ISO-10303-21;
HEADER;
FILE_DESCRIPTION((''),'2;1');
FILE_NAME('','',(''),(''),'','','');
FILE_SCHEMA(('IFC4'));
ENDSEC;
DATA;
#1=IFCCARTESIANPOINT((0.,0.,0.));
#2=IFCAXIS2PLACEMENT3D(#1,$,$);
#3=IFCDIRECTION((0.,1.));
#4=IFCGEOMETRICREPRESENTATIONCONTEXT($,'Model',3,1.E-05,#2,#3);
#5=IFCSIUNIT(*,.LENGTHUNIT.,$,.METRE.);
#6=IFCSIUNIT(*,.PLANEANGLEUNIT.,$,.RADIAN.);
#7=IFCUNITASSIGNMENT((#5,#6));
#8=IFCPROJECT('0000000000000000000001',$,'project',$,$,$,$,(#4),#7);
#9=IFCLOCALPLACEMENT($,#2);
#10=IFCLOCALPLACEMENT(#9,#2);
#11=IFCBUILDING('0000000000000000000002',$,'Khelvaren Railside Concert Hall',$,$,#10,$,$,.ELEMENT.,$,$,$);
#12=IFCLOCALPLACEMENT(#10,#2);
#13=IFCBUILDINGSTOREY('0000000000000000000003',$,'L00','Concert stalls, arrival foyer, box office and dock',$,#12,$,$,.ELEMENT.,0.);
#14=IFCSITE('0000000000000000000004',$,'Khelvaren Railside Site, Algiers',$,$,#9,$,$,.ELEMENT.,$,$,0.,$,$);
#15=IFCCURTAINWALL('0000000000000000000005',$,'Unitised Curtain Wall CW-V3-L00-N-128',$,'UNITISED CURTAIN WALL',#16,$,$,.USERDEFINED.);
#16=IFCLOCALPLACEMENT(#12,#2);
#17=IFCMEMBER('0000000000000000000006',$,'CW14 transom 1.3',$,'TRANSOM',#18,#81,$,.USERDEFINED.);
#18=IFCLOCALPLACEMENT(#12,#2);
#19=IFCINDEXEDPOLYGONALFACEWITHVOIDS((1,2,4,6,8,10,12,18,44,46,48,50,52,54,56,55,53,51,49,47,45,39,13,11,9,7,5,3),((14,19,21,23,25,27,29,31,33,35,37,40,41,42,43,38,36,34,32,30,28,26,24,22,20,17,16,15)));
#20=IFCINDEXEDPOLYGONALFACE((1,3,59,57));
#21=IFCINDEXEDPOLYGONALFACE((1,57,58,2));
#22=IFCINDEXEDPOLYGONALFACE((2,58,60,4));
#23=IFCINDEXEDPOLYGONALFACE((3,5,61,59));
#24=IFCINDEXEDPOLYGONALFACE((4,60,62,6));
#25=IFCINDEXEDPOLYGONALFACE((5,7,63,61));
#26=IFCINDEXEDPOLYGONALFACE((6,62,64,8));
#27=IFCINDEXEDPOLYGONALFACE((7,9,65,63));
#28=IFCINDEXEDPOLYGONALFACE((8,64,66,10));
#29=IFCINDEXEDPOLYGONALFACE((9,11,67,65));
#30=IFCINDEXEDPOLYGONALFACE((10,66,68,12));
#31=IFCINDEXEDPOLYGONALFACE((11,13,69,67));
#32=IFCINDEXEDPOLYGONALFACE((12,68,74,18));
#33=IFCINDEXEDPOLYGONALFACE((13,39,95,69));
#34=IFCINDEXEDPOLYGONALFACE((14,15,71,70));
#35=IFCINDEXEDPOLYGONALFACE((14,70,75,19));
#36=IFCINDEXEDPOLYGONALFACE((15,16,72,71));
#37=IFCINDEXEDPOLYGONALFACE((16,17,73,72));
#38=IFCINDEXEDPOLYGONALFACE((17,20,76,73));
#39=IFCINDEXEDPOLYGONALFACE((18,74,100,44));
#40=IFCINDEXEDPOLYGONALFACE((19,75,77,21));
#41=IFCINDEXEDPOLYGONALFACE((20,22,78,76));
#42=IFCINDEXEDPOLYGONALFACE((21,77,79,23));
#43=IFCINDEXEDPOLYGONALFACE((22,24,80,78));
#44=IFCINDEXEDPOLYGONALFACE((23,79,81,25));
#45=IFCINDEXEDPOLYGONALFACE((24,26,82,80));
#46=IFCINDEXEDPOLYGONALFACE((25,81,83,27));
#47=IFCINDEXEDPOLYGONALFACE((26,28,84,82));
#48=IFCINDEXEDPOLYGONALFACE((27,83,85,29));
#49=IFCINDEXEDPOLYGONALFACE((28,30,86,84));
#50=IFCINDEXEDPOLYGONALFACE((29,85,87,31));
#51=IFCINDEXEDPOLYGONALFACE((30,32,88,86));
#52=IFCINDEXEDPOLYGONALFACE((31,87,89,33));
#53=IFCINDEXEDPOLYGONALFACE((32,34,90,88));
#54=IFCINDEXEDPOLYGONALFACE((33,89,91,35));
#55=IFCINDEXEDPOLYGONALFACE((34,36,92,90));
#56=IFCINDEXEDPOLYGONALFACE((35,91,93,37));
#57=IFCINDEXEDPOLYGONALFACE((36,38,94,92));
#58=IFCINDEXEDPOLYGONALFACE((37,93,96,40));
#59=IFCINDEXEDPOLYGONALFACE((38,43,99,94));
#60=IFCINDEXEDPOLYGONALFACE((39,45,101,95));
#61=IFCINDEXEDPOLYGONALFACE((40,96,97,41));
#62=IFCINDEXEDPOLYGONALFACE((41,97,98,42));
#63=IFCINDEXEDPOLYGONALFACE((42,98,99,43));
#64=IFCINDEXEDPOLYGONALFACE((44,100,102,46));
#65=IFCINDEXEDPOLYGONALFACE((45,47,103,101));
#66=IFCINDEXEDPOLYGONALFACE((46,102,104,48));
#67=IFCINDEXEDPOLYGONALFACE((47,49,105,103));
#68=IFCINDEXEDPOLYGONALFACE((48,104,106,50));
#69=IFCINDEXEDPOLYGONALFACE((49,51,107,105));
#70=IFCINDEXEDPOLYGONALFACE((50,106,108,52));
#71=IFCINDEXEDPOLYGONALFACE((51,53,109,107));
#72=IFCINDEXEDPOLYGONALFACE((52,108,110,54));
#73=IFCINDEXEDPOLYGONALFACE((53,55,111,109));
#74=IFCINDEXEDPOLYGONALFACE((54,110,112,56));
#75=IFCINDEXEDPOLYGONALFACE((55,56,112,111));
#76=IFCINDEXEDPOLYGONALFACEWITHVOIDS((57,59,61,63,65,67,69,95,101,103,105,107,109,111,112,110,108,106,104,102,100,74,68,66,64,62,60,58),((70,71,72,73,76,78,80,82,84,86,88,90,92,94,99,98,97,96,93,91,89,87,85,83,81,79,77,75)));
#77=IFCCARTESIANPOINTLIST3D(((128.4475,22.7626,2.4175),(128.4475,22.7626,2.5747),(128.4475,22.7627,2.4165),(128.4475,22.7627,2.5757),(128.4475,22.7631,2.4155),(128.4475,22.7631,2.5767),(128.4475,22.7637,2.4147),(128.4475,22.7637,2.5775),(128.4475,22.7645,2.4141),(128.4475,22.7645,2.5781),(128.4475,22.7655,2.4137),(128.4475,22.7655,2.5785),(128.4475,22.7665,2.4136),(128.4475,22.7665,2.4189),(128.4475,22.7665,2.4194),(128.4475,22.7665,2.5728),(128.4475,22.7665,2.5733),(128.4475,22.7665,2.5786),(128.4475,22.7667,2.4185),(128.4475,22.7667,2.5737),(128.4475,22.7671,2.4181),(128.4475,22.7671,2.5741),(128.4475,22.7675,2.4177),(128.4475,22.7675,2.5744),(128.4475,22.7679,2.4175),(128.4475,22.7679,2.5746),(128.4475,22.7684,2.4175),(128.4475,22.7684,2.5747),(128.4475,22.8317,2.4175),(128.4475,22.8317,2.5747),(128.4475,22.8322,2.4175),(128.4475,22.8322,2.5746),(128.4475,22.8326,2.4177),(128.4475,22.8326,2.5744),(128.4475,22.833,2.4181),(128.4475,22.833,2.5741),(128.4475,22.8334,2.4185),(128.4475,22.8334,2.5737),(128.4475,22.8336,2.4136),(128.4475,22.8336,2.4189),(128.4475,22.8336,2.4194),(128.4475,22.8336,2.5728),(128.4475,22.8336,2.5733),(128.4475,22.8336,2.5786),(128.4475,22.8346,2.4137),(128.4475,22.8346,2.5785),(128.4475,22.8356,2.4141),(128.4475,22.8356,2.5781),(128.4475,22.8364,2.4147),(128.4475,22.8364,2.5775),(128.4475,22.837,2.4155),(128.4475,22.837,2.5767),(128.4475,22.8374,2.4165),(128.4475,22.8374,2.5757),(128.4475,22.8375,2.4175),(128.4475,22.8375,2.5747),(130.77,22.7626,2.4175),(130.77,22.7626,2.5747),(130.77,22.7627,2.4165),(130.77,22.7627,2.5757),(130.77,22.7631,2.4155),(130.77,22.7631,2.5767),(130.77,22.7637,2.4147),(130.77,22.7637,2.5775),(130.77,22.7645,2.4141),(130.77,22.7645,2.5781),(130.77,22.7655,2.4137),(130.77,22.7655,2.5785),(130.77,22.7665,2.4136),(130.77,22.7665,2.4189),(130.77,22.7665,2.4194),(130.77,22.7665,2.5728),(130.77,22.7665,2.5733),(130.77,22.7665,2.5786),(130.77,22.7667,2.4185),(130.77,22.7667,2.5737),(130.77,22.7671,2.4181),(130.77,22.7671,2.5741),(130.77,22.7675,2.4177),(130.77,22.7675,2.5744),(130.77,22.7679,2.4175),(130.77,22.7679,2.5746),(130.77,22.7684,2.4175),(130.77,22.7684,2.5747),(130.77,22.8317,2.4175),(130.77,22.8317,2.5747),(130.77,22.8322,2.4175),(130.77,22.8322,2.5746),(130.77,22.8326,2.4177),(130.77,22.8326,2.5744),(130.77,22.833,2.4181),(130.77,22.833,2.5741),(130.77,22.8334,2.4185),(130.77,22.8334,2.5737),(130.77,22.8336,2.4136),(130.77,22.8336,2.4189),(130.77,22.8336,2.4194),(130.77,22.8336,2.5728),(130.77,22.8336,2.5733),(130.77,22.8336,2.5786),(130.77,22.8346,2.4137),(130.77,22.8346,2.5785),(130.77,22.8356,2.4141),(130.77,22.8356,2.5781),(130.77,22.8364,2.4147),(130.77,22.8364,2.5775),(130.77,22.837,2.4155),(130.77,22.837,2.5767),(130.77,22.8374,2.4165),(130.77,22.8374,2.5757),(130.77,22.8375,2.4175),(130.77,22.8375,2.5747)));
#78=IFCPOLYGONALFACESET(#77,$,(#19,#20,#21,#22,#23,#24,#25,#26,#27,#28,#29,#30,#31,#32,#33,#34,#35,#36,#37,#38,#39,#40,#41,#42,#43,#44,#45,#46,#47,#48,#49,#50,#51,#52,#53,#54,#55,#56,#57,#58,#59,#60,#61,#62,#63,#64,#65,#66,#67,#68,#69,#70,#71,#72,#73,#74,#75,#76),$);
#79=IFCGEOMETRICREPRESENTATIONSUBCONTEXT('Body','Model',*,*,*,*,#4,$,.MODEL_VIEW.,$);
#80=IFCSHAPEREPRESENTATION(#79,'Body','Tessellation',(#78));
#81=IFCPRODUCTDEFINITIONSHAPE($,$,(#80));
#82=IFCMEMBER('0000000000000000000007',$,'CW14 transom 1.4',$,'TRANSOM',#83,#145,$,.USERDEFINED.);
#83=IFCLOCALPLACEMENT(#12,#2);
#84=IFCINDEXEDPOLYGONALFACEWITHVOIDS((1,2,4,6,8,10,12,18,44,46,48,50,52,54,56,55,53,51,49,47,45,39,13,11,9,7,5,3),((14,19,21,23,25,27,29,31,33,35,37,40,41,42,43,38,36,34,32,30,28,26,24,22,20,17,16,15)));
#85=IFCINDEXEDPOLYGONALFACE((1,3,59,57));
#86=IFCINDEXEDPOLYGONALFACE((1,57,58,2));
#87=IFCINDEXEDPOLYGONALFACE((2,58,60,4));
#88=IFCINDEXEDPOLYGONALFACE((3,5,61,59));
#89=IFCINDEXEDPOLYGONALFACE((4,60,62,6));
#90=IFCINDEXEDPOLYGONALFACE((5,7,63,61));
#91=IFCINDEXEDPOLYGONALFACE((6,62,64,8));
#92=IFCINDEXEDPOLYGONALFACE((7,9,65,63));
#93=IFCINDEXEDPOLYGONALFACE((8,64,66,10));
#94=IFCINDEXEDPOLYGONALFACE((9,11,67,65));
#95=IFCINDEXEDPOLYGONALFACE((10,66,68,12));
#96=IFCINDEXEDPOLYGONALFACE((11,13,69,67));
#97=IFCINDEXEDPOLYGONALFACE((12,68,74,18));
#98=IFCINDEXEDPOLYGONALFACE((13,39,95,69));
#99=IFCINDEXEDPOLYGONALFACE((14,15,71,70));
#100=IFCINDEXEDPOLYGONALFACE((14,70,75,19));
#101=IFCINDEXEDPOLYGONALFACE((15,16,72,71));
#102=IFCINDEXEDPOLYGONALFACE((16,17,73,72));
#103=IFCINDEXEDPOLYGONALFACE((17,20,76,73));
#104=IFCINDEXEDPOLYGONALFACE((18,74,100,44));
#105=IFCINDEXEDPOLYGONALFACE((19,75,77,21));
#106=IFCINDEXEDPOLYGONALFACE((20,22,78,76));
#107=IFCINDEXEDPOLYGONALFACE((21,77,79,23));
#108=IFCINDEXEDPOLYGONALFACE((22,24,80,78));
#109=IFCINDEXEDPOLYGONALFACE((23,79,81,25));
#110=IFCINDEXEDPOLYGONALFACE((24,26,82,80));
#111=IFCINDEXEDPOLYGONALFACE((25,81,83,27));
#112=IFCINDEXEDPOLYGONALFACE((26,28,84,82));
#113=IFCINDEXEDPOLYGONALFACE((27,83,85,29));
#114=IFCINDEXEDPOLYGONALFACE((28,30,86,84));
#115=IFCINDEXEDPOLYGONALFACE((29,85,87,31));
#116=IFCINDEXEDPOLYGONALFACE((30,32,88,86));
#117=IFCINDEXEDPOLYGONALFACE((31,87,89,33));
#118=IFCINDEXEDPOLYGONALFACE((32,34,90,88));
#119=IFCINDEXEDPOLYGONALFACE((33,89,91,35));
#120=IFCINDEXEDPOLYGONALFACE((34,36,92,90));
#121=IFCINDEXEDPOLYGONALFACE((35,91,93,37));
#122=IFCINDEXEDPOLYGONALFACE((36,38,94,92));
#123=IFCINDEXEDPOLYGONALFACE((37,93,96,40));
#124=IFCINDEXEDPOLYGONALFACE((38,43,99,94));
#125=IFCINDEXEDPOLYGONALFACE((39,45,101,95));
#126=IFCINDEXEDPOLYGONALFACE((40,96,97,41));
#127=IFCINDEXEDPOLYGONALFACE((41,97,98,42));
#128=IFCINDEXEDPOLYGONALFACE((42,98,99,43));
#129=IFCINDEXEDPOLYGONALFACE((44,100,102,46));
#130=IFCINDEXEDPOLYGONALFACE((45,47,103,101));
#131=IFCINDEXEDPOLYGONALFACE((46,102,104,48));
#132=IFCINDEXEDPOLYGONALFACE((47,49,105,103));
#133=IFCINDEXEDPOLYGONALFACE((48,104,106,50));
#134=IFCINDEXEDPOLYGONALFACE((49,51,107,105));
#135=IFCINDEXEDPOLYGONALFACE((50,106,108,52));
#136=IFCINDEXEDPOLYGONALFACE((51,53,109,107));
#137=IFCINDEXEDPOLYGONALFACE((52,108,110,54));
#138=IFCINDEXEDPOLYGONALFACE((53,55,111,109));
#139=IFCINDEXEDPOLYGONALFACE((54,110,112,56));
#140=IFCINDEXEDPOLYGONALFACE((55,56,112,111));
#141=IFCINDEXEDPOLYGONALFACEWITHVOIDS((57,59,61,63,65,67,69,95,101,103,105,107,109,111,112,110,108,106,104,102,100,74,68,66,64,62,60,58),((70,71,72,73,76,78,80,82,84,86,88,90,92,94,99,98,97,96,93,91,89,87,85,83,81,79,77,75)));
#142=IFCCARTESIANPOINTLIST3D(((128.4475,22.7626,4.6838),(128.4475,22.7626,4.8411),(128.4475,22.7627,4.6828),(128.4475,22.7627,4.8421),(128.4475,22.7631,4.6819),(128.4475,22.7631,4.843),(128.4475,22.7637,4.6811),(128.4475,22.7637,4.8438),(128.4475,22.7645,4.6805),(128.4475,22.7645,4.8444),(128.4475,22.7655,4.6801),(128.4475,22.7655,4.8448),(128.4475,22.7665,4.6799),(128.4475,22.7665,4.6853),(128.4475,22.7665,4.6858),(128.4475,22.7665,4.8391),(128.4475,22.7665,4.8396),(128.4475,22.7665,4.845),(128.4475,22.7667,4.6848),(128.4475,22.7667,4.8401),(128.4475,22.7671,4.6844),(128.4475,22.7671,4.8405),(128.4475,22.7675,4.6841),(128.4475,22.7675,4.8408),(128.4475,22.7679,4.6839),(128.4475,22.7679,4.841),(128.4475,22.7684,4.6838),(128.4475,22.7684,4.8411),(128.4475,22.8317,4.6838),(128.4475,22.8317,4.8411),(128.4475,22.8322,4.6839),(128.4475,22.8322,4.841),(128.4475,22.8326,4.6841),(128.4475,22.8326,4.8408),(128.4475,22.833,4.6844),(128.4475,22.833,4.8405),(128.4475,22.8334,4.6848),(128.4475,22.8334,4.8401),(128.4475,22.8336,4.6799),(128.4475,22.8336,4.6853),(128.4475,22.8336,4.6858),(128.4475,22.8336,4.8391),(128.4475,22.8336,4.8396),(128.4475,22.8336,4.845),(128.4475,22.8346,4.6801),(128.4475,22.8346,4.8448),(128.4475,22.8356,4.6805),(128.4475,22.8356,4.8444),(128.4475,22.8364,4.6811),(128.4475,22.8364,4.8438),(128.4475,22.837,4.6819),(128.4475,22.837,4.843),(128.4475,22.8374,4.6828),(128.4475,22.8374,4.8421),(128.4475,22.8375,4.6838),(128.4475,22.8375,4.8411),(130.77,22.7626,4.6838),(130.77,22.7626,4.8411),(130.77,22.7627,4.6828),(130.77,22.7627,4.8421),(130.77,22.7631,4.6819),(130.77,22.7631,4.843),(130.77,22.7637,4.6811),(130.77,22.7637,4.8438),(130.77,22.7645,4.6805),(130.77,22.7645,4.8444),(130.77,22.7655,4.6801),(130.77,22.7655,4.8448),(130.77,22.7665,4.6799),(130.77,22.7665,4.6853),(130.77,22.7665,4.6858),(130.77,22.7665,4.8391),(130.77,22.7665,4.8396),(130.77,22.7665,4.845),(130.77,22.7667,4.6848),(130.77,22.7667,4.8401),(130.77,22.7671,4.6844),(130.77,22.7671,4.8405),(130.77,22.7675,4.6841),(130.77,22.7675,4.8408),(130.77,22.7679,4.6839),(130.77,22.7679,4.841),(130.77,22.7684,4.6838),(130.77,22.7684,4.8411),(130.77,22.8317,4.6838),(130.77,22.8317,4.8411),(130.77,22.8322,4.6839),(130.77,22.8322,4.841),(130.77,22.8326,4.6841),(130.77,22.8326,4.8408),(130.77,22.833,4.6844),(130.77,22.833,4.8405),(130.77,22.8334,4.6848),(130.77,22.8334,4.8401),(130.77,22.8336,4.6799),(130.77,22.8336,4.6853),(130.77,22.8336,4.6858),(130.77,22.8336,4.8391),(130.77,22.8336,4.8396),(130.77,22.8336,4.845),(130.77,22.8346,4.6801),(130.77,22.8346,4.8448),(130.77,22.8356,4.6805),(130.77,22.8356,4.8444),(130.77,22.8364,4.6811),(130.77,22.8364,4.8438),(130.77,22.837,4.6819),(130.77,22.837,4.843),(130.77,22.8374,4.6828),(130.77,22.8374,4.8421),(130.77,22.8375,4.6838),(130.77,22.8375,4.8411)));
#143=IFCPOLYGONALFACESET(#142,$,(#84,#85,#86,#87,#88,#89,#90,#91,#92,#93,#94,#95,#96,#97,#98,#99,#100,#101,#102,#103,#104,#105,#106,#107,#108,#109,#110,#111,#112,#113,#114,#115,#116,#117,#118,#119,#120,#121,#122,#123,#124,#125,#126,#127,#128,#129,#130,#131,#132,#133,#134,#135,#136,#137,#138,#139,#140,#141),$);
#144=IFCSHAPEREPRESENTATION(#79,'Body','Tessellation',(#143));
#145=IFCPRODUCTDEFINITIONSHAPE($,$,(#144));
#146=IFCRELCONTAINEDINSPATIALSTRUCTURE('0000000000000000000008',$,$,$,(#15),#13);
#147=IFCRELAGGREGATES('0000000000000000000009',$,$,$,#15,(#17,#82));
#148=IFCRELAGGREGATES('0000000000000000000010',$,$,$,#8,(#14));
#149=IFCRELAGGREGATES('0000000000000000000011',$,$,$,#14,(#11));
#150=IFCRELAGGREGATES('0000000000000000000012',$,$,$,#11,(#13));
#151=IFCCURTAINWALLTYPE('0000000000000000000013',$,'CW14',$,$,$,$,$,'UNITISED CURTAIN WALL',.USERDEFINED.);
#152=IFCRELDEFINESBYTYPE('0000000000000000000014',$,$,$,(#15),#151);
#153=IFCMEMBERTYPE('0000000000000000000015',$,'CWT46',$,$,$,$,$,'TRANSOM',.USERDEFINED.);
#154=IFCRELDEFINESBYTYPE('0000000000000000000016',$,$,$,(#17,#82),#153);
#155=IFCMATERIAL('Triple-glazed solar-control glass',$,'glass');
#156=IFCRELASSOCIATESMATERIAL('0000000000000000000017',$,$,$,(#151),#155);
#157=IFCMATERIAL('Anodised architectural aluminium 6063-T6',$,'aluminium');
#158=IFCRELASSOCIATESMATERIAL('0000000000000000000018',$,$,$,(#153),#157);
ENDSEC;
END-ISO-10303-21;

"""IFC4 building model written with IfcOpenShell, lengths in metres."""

from ifc_helpers import new_model, si_unit, direction, frame, origin, origin_2d, place, context, subcontext, project, spatial, hollow_rectangle, extrude, material, material_profile, profile_set, type_object, element, aggregate, save


model = new_model("IFC4")

# Units and contexts
model_context = context("Model", 3, precision=1e-05, world=origin(), true_north=direction((0.0, 1.0)))
body_context = subcontext(model_context, "Body", "Model", "MODEL_VIEW")
ifc_project = project(units=[si_unit("LENGTHUNIT", "METRE"), si_unit("PLANEANGLEUNIT", "RADIAN")], contexts=[model_context])

# Site, building, storey
site_placement = place(None, origin())
site = spatial("IfcSite", under=ifc_project, at=site_placement, Name="Khelvaren Railside Site, Algiers", CompositionType="ELEMENT", RefElevation=0.0)
building_placement = place(site_placement, origin())
building = spatial("IfcBuilding", under=site, at=building_placement, Name="Khelvaren Railside Concert Hall", CompositionType="ELEMENT")
storey_placement = place(building_placement, origin())
storey = spatial("IfcBuildingStorey", under=building, at=storey_placement, Name="L00", Description="Concert stalls, arrival foyer, box office and dock", CompositionType="ELEMENT", Elevation=0.0)

# Shared definitions
ifc_material_1 = material(Name="Triple-glazed solar-control glass", Category="glass")
ifc_material_2 = material(Name="Anodised architectural aluminium 6063-T6", Category="aluminium")

# Curtain wall, members
curtain_wall_type_1 = type_object("IfcCurtainWallType", Name="CW14", ElementType="UNITISED CURTAIN WALL", PredefinedType="USERDEFINED", material=ifc_material_1)
curtain_wall_1_placement = place(storey_placement, origin())
curtain_wall_1 = element("IfcCurtainWall", 1, at=curtain_wall_1_placement, inside=storey, type_object=curtain_wall_type_1, Name="Unitised Curtain Wall CW-V3-L00-N-128", ObjectType="UNITISED CURTAIN WALL", PredefinedType="USERDEFINED")
ifc_material_profile_1 = material_profile(ifc_material_2, hollow_rectangle(XDim=0.075, YDim=0.165, WallThickness=0.0039, InnerFilletRadius=0.002, OuterFilletRadius=0.0039, at=origin_2d()), Name="CWT 75x165x4")
ifc_profile_set_1 = profile_set([ifc_material_profile_1], Name="Anodised architectural aluminium 6063-T6")
member_type_1 = type_object("IfcMemberType", Name="CWT46", ElementType="TRANSOM", PredefinedType="USERDEFINED", material=ifc_profile_set_1)
member_1_placement = place(storey_placement, frame((128.4475, 22.8, 2.4961), z_axis=(1.0, 0.0, 0.0), x_axis=(0.0, 1.0, 0.0)))
member_1 = element("IfcMember", 2, at=member_1_placement, type_object=member_type_1, Name="CW14 transom 1.3", ObjectType="TRANSOM", PredefinedType="USERDEFINED", context=body_context, shape_type="SweptSolid", body=[
    extrude(hollow_rectangle(XDim=0.075, YDim=0.165, WallThickness=0.0039, InnerFilletRadius=0.002, OuterFilletRadius=0.0039, at=origin_2d()), origin(), (0.0, 0.0, 1.0), 2.3225),
])
member_2_placement = place(storey_placement, frame((128.4475, 22.8, 4.7625), z_axis=(1.0, 0.0, 0.0), x_axis=(0.0, 1.0, 0.0)))
member_2 = element("IfcMember", 3, at=member_2_placement, type_object=member_type_1, Name="CW14 transom 1.4", ObjectType="TRANSOM", PredefinedType="USERDEFINED", context=body_context, shape_type="SweptSolid", body=[
    extrude(hollow_rectangle(XDim=0.075, YDim=0.165, WallThickness=0.0039, InnerFilletRadius=0.002, OuterFilletRadius=0.0039, at=origin_2d()), origin(), (0.0, 0.0, 1.0), 2.3225),
])

aggregate(curtain_wall_1, [member_1, member_2])

save(model, "model.ifc")
